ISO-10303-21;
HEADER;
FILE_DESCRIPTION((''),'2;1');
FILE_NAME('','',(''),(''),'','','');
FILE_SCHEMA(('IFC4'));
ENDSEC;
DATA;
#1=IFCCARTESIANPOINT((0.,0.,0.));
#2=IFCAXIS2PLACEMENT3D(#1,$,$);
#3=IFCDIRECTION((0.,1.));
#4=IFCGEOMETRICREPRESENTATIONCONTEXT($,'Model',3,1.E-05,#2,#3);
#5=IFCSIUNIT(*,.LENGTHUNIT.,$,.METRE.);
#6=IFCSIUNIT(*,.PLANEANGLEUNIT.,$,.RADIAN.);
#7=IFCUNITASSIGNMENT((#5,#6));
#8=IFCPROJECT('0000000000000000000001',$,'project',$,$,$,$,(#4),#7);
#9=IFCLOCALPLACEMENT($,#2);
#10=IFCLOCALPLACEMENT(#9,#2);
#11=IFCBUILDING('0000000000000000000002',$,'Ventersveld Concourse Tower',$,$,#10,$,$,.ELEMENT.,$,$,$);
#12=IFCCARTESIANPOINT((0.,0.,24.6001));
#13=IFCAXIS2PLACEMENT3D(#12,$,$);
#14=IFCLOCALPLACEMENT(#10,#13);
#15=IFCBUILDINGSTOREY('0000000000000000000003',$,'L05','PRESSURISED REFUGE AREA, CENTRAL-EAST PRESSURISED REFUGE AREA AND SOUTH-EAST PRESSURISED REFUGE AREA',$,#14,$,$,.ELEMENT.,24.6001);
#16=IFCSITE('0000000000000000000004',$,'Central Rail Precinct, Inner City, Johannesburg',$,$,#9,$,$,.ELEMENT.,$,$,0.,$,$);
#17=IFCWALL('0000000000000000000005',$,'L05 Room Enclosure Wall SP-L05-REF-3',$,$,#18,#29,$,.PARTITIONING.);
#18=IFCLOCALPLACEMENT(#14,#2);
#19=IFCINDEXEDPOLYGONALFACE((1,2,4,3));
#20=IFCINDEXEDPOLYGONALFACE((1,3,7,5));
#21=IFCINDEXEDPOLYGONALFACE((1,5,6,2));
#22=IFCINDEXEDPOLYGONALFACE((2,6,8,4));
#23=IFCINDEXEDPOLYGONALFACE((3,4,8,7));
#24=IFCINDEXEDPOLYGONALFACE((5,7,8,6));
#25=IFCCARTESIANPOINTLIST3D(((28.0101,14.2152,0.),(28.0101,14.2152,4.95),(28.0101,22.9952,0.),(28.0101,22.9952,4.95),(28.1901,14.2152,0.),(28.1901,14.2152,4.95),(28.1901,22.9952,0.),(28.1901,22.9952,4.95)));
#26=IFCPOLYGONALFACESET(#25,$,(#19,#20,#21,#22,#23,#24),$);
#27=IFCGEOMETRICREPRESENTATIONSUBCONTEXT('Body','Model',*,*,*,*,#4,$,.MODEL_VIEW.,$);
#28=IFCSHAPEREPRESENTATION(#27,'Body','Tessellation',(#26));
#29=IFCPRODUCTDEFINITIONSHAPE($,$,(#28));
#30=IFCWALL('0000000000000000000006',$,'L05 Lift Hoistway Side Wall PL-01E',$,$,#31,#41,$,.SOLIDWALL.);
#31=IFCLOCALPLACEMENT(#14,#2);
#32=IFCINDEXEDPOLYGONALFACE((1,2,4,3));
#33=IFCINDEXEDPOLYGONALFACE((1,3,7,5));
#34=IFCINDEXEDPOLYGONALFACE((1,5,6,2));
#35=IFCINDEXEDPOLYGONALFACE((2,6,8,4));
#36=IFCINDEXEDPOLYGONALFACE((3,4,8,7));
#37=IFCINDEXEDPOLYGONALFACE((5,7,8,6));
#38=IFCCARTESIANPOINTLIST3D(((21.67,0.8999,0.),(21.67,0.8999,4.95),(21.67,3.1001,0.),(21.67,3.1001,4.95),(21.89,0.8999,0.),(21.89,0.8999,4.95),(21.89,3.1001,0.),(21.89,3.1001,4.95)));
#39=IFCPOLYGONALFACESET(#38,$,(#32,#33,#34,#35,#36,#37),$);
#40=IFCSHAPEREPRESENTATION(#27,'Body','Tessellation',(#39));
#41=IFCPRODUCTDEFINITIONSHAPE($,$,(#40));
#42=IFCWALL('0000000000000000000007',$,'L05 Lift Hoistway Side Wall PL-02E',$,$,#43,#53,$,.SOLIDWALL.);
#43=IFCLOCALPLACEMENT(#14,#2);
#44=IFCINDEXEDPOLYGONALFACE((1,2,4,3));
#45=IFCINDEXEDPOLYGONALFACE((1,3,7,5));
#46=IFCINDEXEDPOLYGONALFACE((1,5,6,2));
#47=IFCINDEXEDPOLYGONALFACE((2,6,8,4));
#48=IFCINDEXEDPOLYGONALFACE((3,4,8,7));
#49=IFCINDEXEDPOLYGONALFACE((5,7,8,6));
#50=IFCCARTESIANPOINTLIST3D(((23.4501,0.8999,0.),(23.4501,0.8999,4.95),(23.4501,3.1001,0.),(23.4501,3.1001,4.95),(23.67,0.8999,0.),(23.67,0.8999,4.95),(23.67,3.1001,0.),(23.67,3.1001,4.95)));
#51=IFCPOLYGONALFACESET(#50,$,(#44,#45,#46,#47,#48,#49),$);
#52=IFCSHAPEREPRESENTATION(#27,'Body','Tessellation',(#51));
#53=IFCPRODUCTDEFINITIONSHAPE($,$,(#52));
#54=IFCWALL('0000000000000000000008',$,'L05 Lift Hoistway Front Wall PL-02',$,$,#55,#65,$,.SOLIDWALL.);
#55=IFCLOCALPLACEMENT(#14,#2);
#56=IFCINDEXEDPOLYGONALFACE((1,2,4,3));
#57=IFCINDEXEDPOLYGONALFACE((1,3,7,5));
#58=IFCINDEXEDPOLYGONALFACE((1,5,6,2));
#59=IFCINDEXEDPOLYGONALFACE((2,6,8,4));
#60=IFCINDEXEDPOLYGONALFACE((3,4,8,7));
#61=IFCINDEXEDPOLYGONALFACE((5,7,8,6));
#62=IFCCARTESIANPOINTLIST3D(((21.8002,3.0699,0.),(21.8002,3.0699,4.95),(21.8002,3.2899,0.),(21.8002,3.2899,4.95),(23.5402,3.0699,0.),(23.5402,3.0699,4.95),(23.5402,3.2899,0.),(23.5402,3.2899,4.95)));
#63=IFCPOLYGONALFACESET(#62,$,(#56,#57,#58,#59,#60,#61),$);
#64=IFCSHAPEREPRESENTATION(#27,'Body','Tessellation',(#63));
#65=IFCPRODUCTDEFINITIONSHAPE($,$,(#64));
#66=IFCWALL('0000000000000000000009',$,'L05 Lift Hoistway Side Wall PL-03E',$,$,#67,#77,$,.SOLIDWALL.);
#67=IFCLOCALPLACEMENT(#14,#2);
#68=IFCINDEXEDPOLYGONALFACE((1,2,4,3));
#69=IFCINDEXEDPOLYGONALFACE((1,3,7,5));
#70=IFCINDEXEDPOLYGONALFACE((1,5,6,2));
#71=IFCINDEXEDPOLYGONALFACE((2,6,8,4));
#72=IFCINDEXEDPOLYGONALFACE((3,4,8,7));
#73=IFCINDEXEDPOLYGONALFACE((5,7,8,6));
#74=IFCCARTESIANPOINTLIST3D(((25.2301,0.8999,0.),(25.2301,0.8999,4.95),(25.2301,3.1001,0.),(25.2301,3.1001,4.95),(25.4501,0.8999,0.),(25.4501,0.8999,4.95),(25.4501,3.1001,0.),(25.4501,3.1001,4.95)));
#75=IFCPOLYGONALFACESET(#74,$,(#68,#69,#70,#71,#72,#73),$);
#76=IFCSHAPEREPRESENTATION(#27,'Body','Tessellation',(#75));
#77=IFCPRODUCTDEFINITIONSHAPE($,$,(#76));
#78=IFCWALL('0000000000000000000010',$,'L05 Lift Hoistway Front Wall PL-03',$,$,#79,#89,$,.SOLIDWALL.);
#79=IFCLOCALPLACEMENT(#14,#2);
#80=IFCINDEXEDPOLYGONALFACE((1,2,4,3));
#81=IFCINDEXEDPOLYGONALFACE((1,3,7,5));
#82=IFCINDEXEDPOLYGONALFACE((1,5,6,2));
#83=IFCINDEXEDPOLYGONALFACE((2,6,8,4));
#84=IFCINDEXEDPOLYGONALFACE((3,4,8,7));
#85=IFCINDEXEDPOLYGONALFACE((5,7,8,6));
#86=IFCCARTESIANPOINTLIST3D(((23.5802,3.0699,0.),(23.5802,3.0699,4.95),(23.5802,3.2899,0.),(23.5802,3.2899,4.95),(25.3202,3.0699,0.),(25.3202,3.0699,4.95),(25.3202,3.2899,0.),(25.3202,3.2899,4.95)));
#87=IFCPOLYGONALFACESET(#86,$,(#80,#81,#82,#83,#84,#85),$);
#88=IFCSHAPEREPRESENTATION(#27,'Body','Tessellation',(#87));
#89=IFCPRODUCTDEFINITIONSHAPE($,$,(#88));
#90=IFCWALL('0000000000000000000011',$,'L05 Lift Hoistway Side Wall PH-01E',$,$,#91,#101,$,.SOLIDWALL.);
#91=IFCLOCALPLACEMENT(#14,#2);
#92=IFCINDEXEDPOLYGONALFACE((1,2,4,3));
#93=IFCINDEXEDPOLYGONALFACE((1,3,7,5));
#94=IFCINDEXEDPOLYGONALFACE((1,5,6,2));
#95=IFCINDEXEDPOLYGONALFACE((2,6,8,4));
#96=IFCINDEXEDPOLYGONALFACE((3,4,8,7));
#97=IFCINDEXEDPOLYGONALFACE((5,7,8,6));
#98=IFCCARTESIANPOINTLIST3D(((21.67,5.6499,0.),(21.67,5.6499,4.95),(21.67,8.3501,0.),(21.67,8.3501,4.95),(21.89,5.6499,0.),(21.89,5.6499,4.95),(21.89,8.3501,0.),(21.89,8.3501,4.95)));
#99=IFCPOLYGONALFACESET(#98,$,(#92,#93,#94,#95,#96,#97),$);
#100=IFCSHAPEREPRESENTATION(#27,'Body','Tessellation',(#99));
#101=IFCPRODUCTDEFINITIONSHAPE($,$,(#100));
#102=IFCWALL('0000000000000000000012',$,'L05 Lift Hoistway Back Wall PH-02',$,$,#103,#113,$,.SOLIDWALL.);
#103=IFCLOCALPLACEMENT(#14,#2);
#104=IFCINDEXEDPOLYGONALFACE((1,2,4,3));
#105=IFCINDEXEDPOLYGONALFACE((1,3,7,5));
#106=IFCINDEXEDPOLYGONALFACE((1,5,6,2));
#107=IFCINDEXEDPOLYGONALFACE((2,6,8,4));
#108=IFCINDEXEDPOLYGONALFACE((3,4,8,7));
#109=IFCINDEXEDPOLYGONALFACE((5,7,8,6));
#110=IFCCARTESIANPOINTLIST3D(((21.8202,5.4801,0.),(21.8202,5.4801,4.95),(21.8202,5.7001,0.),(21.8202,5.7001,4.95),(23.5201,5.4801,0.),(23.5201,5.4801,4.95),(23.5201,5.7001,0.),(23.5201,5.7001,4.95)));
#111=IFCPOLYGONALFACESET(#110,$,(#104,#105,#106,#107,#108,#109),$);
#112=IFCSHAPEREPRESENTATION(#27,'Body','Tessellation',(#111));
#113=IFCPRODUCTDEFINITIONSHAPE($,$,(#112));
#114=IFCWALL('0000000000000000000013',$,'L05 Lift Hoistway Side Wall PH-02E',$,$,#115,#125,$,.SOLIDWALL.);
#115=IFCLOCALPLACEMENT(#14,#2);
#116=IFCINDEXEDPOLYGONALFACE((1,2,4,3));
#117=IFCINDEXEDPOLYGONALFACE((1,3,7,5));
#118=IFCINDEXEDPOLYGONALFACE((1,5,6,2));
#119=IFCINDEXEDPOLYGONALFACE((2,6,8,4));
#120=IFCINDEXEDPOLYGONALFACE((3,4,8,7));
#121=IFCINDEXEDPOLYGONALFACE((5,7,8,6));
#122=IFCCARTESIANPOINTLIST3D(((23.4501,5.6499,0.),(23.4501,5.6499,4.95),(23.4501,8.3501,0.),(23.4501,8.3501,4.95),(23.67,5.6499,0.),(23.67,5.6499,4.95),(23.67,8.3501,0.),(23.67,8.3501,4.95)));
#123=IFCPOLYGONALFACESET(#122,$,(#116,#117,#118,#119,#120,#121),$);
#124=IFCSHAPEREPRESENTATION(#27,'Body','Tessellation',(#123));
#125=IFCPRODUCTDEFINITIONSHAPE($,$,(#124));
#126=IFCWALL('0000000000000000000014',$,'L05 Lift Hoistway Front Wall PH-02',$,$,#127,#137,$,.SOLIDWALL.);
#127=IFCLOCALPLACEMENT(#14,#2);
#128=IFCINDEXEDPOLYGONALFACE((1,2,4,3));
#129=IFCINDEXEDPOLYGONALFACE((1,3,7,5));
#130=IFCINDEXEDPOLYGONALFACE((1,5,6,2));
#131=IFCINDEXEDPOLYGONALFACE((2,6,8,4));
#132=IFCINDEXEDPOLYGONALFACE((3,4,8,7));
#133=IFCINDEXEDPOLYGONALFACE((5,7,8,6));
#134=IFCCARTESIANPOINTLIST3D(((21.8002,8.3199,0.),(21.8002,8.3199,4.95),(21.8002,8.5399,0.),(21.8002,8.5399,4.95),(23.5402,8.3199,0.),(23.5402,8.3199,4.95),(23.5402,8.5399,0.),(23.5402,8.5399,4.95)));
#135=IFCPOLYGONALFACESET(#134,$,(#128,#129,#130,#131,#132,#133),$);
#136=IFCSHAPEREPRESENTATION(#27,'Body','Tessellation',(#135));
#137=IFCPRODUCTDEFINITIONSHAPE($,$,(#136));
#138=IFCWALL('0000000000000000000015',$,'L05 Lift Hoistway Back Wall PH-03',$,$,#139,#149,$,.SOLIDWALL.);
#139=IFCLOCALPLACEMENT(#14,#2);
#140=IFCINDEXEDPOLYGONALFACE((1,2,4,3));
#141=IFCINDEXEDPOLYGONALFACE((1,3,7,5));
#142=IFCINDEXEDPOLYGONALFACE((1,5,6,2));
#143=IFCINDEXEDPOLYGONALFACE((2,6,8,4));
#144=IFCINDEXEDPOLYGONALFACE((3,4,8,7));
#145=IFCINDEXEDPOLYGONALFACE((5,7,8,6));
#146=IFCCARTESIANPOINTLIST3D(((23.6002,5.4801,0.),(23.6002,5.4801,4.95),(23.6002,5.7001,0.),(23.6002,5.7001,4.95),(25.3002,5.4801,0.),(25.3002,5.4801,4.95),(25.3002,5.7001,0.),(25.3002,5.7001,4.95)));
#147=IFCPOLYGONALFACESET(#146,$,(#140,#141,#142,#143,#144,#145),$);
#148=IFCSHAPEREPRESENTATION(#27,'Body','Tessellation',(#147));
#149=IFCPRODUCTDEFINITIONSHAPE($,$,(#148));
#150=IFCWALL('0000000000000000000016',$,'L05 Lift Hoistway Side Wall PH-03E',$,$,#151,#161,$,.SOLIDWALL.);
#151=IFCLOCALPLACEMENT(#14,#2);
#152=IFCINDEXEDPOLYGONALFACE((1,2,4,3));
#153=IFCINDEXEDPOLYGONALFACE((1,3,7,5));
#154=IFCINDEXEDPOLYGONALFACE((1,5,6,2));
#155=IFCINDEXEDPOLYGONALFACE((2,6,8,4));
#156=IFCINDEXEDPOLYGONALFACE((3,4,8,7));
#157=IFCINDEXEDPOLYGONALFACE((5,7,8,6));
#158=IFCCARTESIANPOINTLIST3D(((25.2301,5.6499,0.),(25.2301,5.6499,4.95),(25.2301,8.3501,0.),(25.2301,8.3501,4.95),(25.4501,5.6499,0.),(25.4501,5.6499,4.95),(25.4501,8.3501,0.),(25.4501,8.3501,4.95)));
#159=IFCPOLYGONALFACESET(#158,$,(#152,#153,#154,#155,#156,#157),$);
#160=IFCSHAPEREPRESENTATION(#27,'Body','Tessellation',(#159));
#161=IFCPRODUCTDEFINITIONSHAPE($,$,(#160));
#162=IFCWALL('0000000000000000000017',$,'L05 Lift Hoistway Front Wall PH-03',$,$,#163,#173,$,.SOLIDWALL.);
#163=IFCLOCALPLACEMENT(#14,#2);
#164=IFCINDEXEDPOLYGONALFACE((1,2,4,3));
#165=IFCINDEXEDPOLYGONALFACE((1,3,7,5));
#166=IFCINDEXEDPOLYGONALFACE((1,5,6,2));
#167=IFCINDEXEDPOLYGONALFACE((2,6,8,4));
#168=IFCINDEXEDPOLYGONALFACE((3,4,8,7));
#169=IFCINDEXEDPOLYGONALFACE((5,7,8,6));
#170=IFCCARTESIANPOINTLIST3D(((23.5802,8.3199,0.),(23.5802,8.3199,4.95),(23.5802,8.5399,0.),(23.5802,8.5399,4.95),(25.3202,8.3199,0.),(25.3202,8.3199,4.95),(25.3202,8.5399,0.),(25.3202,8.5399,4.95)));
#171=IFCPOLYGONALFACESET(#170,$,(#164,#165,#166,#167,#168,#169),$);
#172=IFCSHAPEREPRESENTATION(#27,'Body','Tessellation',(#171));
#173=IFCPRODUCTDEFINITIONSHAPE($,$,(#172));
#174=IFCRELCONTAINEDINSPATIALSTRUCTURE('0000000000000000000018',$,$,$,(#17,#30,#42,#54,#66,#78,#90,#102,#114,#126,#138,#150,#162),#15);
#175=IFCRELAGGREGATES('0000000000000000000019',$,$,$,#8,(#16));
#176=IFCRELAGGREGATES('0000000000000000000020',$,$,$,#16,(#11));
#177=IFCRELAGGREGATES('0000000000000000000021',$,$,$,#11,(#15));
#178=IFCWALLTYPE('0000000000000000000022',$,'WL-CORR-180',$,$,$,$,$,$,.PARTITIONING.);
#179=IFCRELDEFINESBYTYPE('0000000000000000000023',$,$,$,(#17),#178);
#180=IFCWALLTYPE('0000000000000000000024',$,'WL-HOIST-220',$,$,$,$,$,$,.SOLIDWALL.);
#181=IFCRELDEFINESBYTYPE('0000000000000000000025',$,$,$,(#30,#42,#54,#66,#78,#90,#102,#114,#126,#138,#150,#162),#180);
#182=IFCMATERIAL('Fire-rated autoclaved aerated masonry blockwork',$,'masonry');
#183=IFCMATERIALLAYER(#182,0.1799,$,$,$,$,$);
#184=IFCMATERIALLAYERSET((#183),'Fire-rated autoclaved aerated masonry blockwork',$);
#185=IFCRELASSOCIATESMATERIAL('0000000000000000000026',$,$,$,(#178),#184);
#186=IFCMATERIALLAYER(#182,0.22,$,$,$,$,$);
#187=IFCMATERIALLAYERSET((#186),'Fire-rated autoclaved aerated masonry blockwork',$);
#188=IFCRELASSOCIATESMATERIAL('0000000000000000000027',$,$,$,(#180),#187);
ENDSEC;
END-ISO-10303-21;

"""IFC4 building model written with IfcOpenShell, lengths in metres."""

from ifc_helpers import new_model, si_unit, direction, frame, frame_2d, origin, place, context, subcontext, project, spatial, rectangle, extrude, material, layer, layer_set, type_object, element, save


model = new_model("IFC4")

# Units and contexts
model_context = context("Model", 3, precision=1e-05, world=origin(), true_north=direction((0.0, 1.0)))
body_context = subcontext(model_context, "Body", "Model", "MODEL_VIEW")
ifc_project = project(units=[si_unit("LENGTHUNIT", "METRE"), si_unit("PLANEANGLEUNIT", "RADIAN")], contexts=[model_context])

# Site, building, storey
site_placement = place(None, origin())
site = spatial("IfcSite", under=ifc_project, at=site_placement, Name="Central Rail Precinct, Inner City, Johannesburg", CompositionType="ELEMENT", RefElevation=0.0)
building_placement = place(site_placement, origin())
building = spatial("IfcBuilding", under=site, at=building_placement, Name="Ventersveld Concourse Tower", CompositionType="ELEMENT")
storey_placement = place(building_placement, frame((0.0, 0.0, 24.6001)))
storey = spatial("IfcBuildingStorey", under=building, at=storey_placement, Name="L05", Description="PRESSURISED REFUGE AREA, CENTRAL-EAST PRESSURISED REFUGE AREA AND SOUTH-EAST PRESSURISED REFUGE AREA", CompositionType="ELEMENT", Elevation=24.6001)

# Shared definitions
ifc_material_1 = material(Name="Fire-rated autoclaved aerated masonry blockwork", Category="masonry")
ifc_layer_1 = layer(ifc_material_1, 0.1799)
ifc_layer_set_1 = layer_set([ifc_layer_1], Name="Fire-rated autoclaved aerated masonry blockwork")
wall_type_1 = type_object("IfcWallType", Name="WL-CORR-180", PredefinedType="PARTITIONING", material=ifc_layer_set_1)

# Walls
for number, where, z_axis, x_axis, name in (
    (1, (28.1001, 14.2151, 0.0), (0.0, 0.0, 1.0), (0.0, 1.0, 0.0), "L05 Room Enclosure Wall SP-L05-REF-3"),
):
    element("IfcWall", number, at=place(storey_placement, frame(where, z_axis=z_axis, x_axis=x_axis)), inside=storey, type_object=wall_type_1, Name=name, PredefinedType="PARTITIONING", context=body_context, shape_type="SweptSolid", body=[
        extrude(rectangle(XDim=8.78, YDim=0.1799, at=frame_2d((4.3901, 0.0))), origin(), (0.0, 0.0, 1.0), 4.95),
    ])
ifc_layer_2 = layer(ifc_material_1, 0.22)
ifc_layer_set_2 = layer_set([ifc_layer_2], Name="Fire-rated autoclaved aerated masonry blockwork")
wall_type_2 = type_object("IfcWallType", Name="WL-HOIST-220", PredefinedType="SOLIDWALL", material=ifc_layer_set_2)
for number, where, z_axis, x_axis, name in (
    (2, (21.78, 0.8999, 0.0), (0.0, 0.0, 1.0), (0.0, 1.0, 0.0), "L05 Lift Hoistway Side Wall PL-01E"),
    (3, (23.5601, 0.8999, 0.0), (0.0, 0.0, 1.0), (0.0, 1.0, 0.0), "L05 Lift Hoistway Side Wall PL-02E"),
):
    element("IfcWall", number, at=place(storey_placement, frame(where, z_axis=z_axis, x_axis=x_axis)), inside=storey, type_object=wall_type_2, Name=name, PredefinedType="SOLIDWALL", context=body_context, shape_type="SweptSolid", body=[
        extrude(rectangle(XDim=2.2002, YDim=0.22, at=frame_2d((1.1001, 0.0))), origin(), (0.0, 0.0, 1.0), 4.95),
    ])
wall_1_placement = place(storey_placement, frame((21.8, 3.1799, 0.0), z_axis=(0.0, 0.0, 1.0), x_axis=(1.0, 0.0, 0.0)))
element("IfcWall", 4, at=wall_1_placement, inside=storey, type_object=wall_type_2, Name="L05 Lift Hoistway Front Wall PL-02", PredefinedType="SOLIDWALL", context=body_context, shape_type="SweptSolid", body=[
    extrude(rectangle(XDim=1.74, YDim=0.22, at=frame_2d((0.8701, 0.0))), origin(), (0.0, 0.0, 1.0), 4.95),
])
wall_2_placement = place(storey_placement, frame((25.3401, 0.8999, 0.0), z_axis=(0.0, 0.0, 1.0), x_axis=(0.0, 1.0, 0.0)))
element("IfcWall", 5, at=wall_2_placement, inside=storey, type_object=wall_type_2, Name="L05 Lift Hoistway Side Wall PL-03E", PredefinedType="SOLIDWALL", context=body_context, shape_type="SweptSolid", body=[
    extrude(rectangle(XDim=2.2002, YDim=0.22, at=frame_2d((1.1001, 0.0))), origin(), (0.0, 0.0, 1.0), 4.95),
])
wall_3_placement = place(storey_placement, frame((23.5801, 3.1799, 0.0), z_axis=(0.0, 0.0, 1.0), x_axis=(1.0, 0.0, 0.0)))
element("IfcWall", 6, at=wall_3_placement, inside=storey, type_object=wall_type_2, Name="L05 Lift Hoistway Front Wall PL-03", PredefinedType="SOLIDWALL", context=body_context, shape_type="SweptSolid", body=[
    extrude(rectangle(XDim=1.74, YDim=0.22, at=frame_2d((0.8701, 0.0))), origin(), (0.0, 0.0, 1.0), 4.95),
])
wall_4_placement = place(storey_placement, frame((21.78, 5.6499, 0.0), z_axis=(0.0, 0.0, 1.0), x_axis=(0.0, 1.0, 0.0)))
element("IfcWall", 7, at=wall_4_placement, inside=storey, type_object=wall_type_2, Name="L05 Lift Hoistway Side Wall PH-01E", PredefinedType="SOLIDWALL", context=body_context, shape_type="SweptSolid", body=[
    extrude(rectangle(XDim=2.7002, YDim=0.22, at=frame_2d((1.3501, 0.0))), origin(), (0.0, 0.0, 1.0), 4.95),
])
wall_5_placement = place(storey_placement, frame((21.8201, 5.5901, 0.0), z_axis=(0.0, 0.0, 1.0), x_axis=(1.0, 0.0, 0.0)))
element("IfcWall", 8, at=wall_5_placement, inside=storey, type_object=wall_type_2, Name="L05 Lift Hoistway Back Wall PH-02", PredefinedType="SOLIDWALL", context=body_context, shape_type="SweptSolid", body=[
    extrude(rectangle(XDim=1.7, YDim=0.22, at=frame_2d((0.8501, 0.0))), origin(), (0.0, 0.0, 1.0), 4.95),
])
wall_6_placement = place(storey_placement, frame((23.5601, 5.6499, 0.0), z_axis=(0.0, 0.0, 1.0), x_axis=(0.0, 1.0, 0.0)))
element("IfcWall", 9, at=wall_6_placement, inside=storey, type_object=wall_type_2, Name="L05 Lift Hoistway Side Wall PH-02E", PredefinedType="SOLIDWALL", context=body_context, shape_type="SweptSolid", body=[
    extrude(rectangle(XDim=2.7002, YDim=0.22, at=frame_2d((1.3501, 0.0))), origin(), (0.0, 0.0, 1.0), 4.95),
])
wall_7_placement = place(storey_placement, frame((21.8, 8.4299, 0.0), z_axis=(0.0, 0.0, 1.0), x_axis=(1.0, 0.0, 0.0)))
element("IfcWall", 10, at=wall_7_placement, inside=storey, type_object=wall_type_2, Name="L05 Lift Hoistway Front Wall PH-02", PredefinedType="SOLIDWALL", context=body_context, shape_type="SweptSolid", body=[
    extrude(rectangle(XDim=1.74, YDim=0.22, at=frame_2d((0.8701, 0.0))), origin(), (0.0, 0.0, 1.0), 4.95),
])
wall_8_placement = place(storey_placement, frame((23.6001, 5.5901, 0.0), z_axis=(0.0, 0.0, 1.0), x_axis=(1.0, 0.0, 0.0)))
element("IfcWall", 11, at=wall_8_placement, inside=storey, type_object=wall_type_2, Name="L05 Lift Hoistway Back Wall PH-03", PredefinedType="SOLIDWALL", context=body_context, shape_type="SweptSolid", body=[
    extrude(rectangle(XDim=1.7, YDim=0.22, at=frame_2d((0.8501, 0.0))), origin(), (0.0, 0.0, 1.0), 4.95),
])
wall_9_placement = place(storey_placement, frame((25.3401, 5.6499, 0.0), z_axis=(0.0, 0.0, 1.0), x_axis=(0.0, 1.0, 0.0)))
element("IfcWall", 12, at=wall_9_placement, inside=storey, type_object=wall_type_2, Name="L05 Lift Hoistway Side Wall PH-03E", PredefinedType="SOLIDWALL", context=body_context, shape_type="SweptSolid", body=[
    extrude(rectangle(XDim=2.7002, YDim=0.22, at=frame_2d((1.3501, 0.0))), origin(), (0.0, 0.0, 1.0), 4.95),
])
wall_10_placement = place(storey_placement, frame((23.5801, 8.4299, 0.0), z_axis=(0.0, 0.0, 1.0), x_axis=(1.0, 0.0, 0.0)))
element("IfcWall", 13, at=wall_10_placement, inside=storey, type_object=wall_type_2, Name="L05 Lift Hoistway Front Wall PH-03", PredefinedType="SOLIDWALL", context=body_context, shape_type="SweptSolid", body=[
    extrude(rectangle(XDim=1.74, YDim=0.22, at=frame_2d((0.8701, 0.0))), origin(), (0.0, 0.0, 1.0), 4.95),
])

save(model, "model.ifc")
